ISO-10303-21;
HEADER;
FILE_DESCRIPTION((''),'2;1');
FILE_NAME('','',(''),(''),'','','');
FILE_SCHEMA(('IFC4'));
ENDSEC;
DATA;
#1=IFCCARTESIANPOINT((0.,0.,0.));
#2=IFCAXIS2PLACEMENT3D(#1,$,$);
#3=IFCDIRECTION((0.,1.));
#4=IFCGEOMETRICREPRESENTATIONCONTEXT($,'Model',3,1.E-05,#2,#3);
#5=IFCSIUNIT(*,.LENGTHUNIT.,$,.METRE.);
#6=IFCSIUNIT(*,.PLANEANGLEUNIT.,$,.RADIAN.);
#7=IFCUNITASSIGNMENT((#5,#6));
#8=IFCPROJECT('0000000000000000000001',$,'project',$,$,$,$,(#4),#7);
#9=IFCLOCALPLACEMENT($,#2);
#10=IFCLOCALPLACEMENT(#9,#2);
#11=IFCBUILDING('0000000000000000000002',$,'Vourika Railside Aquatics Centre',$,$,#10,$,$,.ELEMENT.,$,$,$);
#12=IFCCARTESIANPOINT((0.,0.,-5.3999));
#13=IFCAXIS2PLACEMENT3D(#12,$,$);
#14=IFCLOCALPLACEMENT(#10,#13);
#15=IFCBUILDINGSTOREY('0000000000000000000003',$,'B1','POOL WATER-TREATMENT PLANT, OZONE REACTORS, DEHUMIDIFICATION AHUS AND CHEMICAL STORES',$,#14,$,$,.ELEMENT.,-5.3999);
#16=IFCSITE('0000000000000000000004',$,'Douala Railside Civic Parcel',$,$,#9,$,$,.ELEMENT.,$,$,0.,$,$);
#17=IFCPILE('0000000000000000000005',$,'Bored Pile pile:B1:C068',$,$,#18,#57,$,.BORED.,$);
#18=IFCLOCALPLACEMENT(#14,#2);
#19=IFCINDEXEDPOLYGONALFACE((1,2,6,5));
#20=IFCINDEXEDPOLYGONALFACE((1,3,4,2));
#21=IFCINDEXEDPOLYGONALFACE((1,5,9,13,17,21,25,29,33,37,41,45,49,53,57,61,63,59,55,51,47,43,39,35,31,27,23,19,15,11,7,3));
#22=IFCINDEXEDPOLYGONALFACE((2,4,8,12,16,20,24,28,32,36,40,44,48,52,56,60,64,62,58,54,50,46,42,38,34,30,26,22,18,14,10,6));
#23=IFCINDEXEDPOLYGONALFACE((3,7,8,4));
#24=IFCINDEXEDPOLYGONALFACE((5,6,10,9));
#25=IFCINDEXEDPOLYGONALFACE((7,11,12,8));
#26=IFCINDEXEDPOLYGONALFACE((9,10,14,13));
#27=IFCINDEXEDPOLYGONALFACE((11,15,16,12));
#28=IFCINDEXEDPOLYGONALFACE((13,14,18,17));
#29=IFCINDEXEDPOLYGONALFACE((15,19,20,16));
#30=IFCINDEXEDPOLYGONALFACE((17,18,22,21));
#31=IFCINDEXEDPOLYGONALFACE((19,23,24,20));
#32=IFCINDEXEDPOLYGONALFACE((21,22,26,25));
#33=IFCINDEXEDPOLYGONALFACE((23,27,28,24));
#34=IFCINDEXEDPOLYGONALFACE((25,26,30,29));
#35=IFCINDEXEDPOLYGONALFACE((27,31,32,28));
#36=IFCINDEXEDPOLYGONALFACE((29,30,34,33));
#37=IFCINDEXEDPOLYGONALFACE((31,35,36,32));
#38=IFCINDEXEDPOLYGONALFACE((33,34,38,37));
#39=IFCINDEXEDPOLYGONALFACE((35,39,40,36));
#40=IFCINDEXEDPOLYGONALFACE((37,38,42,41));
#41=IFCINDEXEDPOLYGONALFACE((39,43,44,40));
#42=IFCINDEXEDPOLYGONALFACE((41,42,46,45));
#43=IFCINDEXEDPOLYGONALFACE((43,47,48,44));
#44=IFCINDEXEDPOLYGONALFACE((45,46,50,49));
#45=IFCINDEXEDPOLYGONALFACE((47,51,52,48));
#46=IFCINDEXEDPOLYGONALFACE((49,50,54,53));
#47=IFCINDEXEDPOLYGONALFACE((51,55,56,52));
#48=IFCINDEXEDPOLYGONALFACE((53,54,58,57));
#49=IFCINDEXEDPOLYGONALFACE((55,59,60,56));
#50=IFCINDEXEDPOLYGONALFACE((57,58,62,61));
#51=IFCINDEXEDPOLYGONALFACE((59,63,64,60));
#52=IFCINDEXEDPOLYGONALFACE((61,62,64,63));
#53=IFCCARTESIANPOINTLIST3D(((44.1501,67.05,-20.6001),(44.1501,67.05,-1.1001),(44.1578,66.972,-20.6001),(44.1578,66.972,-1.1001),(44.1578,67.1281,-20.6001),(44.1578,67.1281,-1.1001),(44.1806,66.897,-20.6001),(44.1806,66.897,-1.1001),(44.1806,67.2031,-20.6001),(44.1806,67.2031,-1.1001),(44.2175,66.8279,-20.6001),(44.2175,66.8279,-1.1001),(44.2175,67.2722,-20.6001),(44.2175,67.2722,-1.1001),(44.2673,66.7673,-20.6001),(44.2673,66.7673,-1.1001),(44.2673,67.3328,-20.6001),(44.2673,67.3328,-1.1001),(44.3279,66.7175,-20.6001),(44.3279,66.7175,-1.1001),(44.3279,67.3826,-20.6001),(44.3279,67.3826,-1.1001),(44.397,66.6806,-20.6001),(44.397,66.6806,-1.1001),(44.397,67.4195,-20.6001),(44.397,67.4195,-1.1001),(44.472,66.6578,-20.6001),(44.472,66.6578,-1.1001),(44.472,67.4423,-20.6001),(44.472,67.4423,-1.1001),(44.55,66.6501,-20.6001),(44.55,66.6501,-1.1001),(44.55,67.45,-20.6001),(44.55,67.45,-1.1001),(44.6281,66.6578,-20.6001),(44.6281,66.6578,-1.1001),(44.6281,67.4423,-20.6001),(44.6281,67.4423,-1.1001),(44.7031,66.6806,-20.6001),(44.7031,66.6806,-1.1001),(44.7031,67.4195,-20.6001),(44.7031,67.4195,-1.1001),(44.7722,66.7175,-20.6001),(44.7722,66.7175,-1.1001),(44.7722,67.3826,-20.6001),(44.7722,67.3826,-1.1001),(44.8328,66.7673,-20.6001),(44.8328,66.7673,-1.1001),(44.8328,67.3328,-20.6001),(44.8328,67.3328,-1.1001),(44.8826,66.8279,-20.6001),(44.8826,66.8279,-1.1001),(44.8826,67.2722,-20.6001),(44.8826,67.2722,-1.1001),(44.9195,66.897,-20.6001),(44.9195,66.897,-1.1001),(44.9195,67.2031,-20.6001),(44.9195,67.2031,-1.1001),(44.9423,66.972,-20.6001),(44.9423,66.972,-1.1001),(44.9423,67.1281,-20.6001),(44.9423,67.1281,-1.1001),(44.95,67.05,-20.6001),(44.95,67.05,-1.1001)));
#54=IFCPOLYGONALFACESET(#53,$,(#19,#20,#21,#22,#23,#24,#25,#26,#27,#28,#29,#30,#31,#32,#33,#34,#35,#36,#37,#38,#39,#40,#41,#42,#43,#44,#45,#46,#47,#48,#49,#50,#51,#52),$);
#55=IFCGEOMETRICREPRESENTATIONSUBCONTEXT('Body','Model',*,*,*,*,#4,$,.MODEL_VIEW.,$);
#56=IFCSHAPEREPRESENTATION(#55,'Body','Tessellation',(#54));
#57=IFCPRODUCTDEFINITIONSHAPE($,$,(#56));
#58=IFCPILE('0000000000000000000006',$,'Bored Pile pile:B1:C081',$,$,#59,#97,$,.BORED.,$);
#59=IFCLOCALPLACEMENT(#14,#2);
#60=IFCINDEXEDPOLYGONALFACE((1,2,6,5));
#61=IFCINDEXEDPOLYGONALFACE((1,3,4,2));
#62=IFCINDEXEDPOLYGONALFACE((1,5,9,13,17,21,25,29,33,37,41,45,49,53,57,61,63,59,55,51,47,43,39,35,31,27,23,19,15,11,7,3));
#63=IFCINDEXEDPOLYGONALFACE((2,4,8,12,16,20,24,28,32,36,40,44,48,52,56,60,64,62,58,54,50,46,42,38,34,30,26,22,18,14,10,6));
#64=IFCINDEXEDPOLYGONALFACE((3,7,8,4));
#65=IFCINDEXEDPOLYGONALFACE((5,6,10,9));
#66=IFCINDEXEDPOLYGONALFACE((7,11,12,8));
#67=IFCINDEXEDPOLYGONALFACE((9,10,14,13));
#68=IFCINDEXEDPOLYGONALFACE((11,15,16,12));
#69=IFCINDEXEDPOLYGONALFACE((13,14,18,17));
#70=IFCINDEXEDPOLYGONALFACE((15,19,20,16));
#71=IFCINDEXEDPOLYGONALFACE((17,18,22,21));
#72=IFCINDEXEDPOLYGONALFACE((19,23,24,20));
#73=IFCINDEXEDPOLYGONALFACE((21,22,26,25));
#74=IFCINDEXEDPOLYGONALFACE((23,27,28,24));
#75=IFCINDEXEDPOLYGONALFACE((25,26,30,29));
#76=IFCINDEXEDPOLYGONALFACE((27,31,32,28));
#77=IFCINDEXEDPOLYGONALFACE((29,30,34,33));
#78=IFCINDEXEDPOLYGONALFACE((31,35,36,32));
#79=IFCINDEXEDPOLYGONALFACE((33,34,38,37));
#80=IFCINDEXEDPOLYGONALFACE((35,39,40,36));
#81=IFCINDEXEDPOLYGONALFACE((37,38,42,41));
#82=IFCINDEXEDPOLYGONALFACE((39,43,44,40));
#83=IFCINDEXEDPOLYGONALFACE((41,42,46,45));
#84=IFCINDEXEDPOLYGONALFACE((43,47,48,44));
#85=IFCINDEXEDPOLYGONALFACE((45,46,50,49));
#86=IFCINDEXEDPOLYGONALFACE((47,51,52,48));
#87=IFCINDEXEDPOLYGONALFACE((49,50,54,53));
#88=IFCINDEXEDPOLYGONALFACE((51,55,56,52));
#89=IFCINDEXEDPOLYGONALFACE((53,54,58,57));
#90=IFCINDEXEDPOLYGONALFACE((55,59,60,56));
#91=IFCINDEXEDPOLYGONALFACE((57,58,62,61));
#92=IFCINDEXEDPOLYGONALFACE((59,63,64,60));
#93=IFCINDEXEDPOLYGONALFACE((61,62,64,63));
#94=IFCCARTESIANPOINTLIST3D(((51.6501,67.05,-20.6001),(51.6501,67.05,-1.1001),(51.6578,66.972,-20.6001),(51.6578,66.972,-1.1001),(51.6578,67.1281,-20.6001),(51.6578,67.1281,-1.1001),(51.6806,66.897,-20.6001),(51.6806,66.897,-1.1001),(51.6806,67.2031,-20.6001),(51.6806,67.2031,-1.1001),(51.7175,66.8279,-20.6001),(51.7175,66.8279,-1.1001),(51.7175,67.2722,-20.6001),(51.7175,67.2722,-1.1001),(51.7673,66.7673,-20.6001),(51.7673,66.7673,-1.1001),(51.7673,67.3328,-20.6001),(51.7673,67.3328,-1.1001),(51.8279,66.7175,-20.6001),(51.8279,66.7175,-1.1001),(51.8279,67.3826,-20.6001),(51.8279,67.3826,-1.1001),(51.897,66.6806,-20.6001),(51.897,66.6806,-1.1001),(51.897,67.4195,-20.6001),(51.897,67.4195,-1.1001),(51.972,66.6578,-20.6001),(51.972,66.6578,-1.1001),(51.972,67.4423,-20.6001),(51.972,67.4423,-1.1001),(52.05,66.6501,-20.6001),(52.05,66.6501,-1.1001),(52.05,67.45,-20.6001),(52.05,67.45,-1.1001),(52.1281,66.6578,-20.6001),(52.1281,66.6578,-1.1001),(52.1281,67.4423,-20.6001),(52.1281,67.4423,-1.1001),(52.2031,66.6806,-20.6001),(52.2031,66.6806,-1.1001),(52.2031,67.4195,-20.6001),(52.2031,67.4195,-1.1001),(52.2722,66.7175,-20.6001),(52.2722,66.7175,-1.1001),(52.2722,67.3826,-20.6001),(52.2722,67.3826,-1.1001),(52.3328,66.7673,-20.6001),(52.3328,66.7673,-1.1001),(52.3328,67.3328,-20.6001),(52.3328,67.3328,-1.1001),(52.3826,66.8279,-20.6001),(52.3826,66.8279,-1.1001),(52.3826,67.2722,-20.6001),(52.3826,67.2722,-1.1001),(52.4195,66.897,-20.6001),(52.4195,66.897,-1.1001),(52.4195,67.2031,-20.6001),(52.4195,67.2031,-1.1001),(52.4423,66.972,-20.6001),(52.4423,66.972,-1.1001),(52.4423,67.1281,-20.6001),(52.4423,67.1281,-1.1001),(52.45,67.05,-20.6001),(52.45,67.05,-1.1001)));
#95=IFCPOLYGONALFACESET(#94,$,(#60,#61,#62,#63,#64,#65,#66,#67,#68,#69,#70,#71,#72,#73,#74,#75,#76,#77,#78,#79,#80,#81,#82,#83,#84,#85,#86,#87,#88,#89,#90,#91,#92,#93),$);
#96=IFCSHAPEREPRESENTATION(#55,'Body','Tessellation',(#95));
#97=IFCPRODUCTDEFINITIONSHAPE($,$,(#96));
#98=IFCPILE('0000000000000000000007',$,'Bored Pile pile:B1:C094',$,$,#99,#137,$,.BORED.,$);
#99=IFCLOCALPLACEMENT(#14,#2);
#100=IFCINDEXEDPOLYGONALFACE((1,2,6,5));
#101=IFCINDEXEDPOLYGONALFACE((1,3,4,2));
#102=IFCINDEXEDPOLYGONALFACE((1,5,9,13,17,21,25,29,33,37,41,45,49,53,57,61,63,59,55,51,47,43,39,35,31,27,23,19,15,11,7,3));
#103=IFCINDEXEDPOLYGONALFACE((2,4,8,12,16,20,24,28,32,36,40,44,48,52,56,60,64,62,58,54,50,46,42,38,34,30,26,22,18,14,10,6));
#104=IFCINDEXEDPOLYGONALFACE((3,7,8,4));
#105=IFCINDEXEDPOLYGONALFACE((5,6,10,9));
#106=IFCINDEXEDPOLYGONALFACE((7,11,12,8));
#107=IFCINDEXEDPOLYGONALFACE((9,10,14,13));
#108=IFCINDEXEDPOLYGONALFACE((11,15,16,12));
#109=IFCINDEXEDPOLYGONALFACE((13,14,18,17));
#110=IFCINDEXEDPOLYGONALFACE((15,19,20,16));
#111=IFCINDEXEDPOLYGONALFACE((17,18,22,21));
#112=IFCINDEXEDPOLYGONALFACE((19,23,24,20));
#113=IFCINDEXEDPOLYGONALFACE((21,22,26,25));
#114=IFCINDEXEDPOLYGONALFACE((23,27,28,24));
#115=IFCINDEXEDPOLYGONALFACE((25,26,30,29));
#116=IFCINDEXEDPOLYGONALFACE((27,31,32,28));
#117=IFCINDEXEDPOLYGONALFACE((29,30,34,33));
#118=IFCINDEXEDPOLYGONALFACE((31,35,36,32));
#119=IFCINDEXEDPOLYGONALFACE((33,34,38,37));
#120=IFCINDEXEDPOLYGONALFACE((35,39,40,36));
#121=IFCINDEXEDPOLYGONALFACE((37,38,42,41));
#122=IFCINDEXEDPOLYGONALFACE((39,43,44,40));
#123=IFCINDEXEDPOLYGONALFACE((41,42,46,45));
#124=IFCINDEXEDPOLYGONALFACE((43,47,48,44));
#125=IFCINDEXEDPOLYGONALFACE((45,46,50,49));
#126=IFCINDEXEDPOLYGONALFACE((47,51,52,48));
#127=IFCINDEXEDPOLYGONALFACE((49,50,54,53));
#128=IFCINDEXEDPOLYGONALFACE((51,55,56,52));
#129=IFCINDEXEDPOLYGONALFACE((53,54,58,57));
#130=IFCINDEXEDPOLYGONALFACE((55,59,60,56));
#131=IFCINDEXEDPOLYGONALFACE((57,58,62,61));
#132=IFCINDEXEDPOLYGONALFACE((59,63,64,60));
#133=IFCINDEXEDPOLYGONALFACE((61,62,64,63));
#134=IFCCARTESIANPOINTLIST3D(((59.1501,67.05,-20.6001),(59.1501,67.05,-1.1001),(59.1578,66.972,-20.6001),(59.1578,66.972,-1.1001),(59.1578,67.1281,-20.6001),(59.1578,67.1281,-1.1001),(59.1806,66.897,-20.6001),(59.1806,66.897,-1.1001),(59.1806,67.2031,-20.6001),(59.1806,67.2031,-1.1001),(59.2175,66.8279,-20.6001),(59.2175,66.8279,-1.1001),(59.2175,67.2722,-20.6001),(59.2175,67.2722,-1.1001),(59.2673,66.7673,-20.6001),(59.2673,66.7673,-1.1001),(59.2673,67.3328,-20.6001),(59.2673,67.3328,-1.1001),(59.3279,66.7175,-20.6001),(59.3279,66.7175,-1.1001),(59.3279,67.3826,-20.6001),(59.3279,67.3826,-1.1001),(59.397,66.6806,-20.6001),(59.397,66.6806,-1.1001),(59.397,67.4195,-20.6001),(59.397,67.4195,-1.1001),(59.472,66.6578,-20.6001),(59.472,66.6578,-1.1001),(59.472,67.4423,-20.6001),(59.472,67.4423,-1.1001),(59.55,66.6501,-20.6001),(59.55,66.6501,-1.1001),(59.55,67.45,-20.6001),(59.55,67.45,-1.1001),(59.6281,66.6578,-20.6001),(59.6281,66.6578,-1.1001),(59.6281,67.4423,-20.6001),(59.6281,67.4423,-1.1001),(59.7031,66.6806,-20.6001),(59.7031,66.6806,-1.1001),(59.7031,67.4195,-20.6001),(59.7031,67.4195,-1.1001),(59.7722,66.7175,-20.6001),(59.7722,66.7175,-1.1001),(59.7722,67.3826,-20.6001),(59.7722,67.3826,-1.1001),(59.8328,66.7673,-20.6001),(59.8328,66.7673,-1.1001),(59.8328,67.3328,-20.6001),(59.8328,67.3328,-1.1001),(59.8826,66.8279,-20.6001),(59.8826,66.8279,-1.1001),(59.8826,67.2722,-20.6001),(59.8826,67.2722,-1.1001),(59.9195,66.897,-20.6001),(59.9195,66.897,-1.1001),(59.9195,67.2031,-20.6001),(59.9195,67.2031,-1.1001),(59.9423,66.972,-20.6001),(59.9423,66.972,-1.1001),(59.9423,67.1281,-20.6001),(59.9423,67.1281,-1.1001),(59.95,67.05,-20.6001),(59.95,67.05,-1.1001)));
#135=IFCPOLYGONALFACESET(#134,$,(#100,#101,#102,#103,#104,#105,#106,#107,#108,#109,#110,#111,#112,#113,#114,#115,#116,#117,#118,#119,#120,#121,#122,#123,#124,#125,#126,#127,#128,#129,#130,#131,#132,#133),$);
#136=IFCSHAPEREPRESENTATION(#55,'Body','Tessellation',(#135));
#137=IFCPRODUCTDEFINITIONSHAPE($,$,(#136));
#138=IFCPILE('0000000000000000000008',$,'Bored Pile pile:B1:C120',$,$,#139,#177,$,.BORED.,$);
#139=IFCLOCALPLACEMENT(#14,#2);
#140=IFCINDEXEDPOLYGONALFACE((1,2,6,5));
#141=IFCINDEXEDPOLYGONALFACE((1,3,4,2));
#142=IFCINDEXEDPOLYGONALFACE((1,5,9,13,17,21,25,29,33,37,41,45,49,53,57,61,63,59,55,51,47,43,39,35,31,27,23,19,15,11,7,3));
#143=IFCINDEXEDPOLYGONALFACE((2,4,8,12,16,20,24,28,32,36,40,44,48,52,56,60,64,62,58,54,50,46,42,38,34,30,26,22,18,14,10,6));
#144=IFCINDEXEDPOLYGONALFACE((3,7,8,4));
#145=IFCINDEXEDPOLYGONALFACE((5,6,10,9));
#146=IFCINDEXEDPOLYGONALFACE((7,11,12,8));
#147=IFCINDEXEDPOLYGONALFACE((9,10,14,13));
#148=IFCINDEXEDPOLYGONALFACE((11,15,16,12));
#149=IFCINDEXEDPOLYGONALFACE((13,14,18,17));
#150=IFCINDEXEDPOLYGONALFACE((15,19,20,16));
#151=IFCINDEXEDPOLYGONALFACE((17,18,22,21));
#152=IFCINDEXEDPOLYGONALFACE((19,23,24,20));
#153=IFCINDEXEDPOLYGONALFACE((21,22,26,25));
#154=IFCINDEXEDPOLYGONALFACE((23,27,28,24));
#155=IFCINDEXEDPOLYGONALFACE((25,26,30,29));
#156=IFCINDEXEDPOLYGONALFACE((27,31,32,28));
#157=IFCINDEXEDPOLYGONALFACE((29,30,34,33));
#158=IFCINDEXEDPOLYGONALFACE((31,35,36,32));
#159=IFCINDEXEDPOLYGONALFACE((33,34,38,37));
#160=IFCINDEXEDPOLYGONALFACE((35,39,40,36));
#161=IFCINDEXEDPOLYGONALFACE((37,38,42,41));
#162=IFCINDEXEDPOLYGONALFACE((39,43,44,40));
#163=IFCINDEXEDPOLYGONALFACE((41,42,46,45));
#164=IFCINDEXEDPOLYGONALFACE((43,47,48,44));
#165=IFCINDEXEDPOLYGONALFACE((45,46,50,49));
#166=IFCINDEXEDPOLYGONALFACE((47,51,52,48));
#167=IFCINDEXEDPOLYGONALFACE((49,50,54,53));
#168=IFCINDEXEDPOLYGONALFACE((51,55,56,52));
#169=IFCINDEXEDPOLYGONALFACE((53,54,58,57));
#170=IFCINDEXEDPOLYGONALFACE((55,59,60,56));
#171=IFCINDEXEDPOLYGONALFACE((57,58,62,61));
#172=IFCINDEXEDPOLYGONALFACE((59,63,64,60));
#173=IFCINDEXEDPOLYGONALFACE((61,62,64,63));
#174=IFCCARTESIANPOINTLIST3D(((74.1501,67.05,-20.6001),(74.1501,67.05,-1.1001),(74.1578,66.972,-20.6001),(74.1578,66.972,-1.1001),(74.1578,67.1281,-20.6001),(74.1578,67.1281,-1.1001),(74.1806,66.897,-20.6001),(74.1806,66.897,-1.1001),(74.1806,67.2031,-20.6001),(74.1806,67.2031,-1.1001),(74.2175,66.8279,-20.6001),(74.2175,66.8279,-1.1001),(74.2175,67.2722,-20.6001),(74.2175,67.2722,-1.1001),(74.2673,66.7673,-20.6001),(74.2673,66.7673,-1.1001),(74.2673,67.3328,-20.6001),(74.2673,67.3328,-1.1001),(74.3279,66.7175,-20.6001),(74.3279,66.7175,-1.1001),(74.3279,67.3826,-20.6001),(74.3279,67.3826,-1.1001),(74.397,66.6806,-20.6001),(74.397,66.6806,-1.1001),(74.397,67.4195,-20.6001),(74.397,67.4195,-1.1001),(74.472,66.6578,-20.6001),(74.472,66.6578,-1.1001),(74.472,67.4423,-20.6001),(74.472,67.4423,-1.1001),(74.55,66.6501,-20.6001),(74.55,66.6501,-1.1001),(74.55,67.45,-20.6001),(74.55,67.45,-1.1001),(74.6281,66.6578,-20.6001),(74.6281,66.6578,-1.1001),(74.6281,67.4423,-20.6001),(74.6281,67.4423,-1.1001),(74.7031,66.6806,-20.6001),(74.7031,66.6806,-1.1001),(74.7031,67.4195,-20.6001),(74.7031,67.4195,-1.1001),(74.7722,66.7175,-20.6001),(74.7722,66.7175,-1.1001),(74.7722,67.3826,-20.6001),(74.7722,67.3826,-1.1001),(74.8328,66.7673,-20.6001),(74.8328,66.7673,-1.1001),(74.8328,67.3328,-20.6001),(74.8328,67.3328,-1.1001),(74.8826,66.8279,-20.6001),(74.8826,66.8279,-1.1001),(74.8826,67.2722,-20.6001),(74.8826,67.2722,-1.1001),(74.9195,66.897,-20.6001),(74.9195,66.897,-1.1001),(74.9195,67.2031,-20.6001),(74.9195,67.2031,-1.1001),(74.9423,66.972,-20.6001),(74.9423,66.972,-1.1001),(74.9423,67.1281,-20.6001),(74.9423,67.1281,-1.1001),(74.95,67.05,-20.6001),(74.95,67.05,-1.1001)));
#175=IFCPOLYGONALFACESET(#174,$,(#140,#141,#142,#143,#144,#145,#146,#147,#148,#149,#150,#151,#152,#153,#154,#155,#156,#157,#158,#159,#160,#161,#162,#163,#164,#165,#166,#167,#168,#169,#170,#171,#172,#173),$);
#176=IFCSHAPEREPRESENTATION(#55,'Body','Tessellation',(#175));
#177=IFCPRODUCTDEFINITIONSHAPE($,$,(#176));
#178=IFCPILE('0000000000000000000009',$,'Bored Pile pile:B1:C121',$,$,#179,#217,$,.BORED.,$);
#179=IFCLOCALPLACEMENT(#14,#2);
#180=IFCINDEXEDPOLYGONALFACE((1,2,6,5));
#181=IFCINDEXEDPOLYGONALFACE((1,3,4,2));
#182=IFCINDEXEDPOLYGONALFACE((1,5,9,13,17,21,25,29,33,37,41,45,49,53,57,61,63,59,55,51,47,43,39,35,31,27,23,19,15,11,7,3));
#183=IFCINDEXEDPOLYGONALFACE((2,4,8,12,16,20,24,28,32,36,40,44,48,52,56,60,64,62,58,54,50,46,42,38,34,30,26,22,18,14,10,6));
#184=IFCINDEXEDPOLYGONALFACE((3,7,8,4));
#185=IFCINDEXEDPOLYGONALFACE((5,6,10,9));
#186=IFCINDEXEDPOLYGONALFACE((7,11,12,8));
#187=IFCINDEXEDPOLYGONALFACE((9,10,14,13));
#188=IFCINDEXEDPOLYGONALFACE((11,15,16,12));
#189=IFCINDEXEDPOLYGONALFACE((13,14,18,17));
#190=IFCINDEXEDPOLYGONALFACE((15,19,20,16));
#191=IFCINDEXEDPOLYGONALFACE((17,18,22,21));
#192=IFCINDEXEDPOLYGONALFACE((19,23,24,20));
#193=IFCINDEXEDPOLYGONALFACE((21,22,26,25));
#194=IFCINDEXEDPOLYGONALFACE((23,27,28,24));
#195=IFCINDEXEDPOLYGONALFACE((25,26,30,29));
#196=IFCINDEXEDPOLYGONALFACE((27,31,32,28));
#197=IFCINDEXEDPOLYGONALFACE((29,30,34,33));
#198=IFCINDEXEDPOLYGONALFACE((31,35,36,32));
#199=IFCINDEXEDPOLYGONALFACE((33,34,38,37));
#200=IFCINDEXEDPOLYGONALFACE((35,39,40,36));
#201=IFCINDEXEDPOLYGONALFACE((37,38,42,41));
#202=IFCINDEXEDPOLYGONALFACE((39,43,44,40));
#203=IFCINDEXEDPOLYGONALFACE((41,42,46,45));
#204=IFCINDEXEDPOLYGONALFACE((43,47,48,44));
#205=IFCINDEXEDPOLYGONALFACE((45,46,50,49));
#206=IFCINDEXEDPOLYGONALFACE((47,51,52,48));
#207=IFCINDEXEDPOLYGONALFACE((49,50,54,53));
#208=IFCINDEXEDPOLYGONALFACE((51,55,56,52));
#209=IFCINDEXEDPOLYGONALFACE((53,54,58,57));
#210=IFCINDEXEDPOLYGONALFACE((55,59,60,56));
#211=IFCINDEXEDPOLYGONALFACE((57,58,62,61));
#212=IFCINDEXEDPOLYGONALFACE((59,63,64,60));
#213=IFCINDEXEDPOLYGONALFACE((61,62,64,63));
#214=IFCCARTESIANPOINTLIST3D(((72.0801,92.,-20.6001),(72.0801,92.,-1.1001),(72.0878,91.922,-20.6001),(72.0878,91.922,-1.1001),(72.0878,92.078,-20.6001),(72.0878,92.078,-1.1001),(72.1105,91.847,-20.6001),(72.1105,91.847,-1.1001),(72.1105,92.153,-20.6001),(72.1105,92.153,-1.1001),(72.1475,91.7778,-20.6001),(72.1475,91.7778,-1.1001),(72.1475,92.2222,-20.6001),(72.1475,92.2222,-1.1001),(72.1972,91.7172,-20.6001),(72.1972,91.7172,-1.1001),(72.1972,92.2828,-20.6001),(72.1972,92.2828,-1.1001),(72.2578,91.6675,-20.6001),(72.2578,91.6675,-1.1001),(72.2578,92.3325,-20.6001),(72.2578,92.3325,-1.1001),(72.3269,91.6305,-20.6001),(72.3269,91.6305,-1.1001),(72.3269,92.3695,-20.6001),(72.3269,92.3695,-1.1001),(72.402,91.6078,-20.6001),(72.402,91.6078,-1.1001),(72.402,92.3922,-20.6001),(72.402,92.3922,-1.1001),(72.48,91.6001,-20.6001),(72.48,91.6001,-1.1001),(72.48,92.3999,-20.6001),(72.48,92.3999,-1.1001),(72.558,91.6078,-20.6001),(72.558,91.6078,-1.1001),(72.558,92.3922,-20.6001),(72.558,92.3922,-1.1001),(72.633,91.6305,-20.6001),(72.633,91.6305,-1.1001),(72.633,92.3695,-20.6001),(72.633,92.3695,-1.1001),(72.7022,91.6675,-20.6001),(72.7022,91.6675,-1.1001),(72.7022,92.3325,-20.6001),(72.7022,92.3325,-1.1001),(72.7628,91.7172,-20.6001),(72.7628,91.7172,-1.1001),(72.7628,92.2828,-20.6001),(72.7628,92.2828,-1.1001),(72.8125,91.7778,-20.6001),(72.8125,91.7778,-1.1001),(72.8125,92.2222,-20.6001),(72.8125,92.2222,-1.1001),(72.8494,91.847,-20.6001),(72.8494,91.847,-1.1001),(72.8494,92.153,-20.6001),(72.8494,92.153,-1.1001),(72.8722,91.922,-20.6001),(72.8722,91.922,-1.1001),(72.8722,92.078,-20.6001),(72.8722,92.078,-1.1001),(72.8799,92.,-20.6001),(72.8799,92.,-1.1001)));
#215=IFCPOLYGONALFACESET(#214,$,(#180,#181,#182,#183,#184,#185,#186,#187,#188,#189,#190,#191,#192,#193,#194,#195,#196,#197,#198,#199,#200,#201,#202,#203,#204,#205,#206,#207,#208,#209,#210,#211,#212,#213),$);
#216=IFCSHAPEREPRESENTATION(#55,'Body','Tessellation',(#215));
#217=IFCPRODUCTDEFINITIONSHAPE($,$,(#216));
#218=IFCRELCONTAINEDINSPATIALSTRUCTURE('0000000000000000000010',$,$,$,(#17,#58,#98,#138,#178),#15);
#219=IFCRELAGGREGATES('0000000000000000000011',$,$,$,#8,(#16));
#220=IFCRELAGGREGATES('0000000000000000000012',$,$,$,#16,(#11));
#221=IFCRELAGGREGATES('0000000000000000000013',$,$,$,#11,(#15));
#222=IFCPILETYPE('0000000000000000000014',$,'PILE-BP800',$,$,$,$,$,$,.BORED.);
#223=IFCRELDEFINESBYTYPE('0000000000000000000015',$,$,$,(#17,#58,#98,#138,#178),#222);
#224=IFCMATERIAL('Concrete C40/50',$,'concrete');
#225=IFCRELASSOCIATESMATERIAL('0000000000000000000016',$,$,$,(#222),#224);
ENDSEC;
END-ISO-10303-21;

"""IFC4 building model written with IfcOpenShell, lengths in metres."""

from ifc_helpers import new_model, si_unit, direction, frame, origin, origin_2d, place, context, subcontext, project, spatial, circle, extrude, material, material_profile, profile_set, type_object, element, save


model = new_model("IFC4")

# Units and contexts
model_context = context("Model", 3, precision=1e-05, world=origin(), true_north=direction((0.0, 1.0)))
body_context = subcontext(model_context, "Body", "Model", "MODEL_VIEW")
ifc_project = project(units=[si_unit("LENGTHUNIT", "METRE"), si_unit("PLANEANGLEUNIT", "RADIAN")], contexts=[model_context])

# Site, building, storey
site_placement = place(None, origin())
site = spatial("IfcSite", under=ifc_project, at=site_placement, Name="Douala Railside Civic Parcel", CompositionType="ELEMENT", RefElevation=0.0)
building_placement = place(site_placement, origin())
building = spatial("IfcBuilding", under=site, at=building_placement, Name="Vourika Railside Aquatics Centre", CompositionType="ELEMENT")
storey_placement = place(building_placement, frame((0.0, 0.0, -5.3999)))
storey = spatial("IfcBuildingStorey", under=building, at=storey_placement, Name="B1", Description="POOL WATER-TREATMENT PLANT, OZONE REACTORS, DEHUMIDIFICATION AHUS AND CHEMICAL STORES", CompositionType="ELEMENT", Elevation=-5.3999)

# Shared definitions
ifc_material_1 = material(Name="Concrete C40/50", Category="concrete")

# Piles
ifc_material_profile_1 = material_profile(ifc_material_1, circle(Radius=0.3999, at=origin_2d()), Name="BP 800")
ifc_profile_set_1 = profile_set([ifc_material_profile_1], Name="Concrete C40/50")
pile_type_1 = type_object("IfcPileType", Name="PILE-BP800", PredefinedType="BORED", material=ifc_profile_set_1)
for number, where, z_axis, x_axis, name in (
    (1, (44.55, 67.05, -1.1001), (0.0, 0.0, -1.0), (1.0, 0.0, 0.0), "Bored Pile pile:B1:C068"),
    (2, (52.05, 67.05, -1.1001), (0.0, 0.0, -1.0), (1.0, 0.0, 0.0), "Bored Pile pile:B1:C081"),
    (3, (59.55, 67.05, -1.1001), (0.0, 0.0, -1.0), (1.0, 0.0, 0.0), "Bored Pile pile:B1:C094"),
    (4, (74.55, 67.05, -1.1001), (0.0, 0.0, -1.0), (1.0, 0.0, 0.0), "Bored Pile pile:B1:C120"),
    (5, (72.48, 92.0, -1.1001), (0.0, 0.0, -1.0), (1.0, 0.0, 0.0), "Bored Pile pile:B1:C121"),
):
    element("IfcPile", number, at=place(storey_placement, frame(where, z_axis=z_axis, x_axis=x_axis)), inside=storey, type_object=pile_type_1, Name=name, PredefinedType="BORED", context=body_context, shape_type="SweptSolid", body=[
        extrude(circle(Radius=0.3999, at=origin_2d()), origin(), (0.0, 0.0, 1.0), 19.5),
    ])

save(model, "model.ifc")
